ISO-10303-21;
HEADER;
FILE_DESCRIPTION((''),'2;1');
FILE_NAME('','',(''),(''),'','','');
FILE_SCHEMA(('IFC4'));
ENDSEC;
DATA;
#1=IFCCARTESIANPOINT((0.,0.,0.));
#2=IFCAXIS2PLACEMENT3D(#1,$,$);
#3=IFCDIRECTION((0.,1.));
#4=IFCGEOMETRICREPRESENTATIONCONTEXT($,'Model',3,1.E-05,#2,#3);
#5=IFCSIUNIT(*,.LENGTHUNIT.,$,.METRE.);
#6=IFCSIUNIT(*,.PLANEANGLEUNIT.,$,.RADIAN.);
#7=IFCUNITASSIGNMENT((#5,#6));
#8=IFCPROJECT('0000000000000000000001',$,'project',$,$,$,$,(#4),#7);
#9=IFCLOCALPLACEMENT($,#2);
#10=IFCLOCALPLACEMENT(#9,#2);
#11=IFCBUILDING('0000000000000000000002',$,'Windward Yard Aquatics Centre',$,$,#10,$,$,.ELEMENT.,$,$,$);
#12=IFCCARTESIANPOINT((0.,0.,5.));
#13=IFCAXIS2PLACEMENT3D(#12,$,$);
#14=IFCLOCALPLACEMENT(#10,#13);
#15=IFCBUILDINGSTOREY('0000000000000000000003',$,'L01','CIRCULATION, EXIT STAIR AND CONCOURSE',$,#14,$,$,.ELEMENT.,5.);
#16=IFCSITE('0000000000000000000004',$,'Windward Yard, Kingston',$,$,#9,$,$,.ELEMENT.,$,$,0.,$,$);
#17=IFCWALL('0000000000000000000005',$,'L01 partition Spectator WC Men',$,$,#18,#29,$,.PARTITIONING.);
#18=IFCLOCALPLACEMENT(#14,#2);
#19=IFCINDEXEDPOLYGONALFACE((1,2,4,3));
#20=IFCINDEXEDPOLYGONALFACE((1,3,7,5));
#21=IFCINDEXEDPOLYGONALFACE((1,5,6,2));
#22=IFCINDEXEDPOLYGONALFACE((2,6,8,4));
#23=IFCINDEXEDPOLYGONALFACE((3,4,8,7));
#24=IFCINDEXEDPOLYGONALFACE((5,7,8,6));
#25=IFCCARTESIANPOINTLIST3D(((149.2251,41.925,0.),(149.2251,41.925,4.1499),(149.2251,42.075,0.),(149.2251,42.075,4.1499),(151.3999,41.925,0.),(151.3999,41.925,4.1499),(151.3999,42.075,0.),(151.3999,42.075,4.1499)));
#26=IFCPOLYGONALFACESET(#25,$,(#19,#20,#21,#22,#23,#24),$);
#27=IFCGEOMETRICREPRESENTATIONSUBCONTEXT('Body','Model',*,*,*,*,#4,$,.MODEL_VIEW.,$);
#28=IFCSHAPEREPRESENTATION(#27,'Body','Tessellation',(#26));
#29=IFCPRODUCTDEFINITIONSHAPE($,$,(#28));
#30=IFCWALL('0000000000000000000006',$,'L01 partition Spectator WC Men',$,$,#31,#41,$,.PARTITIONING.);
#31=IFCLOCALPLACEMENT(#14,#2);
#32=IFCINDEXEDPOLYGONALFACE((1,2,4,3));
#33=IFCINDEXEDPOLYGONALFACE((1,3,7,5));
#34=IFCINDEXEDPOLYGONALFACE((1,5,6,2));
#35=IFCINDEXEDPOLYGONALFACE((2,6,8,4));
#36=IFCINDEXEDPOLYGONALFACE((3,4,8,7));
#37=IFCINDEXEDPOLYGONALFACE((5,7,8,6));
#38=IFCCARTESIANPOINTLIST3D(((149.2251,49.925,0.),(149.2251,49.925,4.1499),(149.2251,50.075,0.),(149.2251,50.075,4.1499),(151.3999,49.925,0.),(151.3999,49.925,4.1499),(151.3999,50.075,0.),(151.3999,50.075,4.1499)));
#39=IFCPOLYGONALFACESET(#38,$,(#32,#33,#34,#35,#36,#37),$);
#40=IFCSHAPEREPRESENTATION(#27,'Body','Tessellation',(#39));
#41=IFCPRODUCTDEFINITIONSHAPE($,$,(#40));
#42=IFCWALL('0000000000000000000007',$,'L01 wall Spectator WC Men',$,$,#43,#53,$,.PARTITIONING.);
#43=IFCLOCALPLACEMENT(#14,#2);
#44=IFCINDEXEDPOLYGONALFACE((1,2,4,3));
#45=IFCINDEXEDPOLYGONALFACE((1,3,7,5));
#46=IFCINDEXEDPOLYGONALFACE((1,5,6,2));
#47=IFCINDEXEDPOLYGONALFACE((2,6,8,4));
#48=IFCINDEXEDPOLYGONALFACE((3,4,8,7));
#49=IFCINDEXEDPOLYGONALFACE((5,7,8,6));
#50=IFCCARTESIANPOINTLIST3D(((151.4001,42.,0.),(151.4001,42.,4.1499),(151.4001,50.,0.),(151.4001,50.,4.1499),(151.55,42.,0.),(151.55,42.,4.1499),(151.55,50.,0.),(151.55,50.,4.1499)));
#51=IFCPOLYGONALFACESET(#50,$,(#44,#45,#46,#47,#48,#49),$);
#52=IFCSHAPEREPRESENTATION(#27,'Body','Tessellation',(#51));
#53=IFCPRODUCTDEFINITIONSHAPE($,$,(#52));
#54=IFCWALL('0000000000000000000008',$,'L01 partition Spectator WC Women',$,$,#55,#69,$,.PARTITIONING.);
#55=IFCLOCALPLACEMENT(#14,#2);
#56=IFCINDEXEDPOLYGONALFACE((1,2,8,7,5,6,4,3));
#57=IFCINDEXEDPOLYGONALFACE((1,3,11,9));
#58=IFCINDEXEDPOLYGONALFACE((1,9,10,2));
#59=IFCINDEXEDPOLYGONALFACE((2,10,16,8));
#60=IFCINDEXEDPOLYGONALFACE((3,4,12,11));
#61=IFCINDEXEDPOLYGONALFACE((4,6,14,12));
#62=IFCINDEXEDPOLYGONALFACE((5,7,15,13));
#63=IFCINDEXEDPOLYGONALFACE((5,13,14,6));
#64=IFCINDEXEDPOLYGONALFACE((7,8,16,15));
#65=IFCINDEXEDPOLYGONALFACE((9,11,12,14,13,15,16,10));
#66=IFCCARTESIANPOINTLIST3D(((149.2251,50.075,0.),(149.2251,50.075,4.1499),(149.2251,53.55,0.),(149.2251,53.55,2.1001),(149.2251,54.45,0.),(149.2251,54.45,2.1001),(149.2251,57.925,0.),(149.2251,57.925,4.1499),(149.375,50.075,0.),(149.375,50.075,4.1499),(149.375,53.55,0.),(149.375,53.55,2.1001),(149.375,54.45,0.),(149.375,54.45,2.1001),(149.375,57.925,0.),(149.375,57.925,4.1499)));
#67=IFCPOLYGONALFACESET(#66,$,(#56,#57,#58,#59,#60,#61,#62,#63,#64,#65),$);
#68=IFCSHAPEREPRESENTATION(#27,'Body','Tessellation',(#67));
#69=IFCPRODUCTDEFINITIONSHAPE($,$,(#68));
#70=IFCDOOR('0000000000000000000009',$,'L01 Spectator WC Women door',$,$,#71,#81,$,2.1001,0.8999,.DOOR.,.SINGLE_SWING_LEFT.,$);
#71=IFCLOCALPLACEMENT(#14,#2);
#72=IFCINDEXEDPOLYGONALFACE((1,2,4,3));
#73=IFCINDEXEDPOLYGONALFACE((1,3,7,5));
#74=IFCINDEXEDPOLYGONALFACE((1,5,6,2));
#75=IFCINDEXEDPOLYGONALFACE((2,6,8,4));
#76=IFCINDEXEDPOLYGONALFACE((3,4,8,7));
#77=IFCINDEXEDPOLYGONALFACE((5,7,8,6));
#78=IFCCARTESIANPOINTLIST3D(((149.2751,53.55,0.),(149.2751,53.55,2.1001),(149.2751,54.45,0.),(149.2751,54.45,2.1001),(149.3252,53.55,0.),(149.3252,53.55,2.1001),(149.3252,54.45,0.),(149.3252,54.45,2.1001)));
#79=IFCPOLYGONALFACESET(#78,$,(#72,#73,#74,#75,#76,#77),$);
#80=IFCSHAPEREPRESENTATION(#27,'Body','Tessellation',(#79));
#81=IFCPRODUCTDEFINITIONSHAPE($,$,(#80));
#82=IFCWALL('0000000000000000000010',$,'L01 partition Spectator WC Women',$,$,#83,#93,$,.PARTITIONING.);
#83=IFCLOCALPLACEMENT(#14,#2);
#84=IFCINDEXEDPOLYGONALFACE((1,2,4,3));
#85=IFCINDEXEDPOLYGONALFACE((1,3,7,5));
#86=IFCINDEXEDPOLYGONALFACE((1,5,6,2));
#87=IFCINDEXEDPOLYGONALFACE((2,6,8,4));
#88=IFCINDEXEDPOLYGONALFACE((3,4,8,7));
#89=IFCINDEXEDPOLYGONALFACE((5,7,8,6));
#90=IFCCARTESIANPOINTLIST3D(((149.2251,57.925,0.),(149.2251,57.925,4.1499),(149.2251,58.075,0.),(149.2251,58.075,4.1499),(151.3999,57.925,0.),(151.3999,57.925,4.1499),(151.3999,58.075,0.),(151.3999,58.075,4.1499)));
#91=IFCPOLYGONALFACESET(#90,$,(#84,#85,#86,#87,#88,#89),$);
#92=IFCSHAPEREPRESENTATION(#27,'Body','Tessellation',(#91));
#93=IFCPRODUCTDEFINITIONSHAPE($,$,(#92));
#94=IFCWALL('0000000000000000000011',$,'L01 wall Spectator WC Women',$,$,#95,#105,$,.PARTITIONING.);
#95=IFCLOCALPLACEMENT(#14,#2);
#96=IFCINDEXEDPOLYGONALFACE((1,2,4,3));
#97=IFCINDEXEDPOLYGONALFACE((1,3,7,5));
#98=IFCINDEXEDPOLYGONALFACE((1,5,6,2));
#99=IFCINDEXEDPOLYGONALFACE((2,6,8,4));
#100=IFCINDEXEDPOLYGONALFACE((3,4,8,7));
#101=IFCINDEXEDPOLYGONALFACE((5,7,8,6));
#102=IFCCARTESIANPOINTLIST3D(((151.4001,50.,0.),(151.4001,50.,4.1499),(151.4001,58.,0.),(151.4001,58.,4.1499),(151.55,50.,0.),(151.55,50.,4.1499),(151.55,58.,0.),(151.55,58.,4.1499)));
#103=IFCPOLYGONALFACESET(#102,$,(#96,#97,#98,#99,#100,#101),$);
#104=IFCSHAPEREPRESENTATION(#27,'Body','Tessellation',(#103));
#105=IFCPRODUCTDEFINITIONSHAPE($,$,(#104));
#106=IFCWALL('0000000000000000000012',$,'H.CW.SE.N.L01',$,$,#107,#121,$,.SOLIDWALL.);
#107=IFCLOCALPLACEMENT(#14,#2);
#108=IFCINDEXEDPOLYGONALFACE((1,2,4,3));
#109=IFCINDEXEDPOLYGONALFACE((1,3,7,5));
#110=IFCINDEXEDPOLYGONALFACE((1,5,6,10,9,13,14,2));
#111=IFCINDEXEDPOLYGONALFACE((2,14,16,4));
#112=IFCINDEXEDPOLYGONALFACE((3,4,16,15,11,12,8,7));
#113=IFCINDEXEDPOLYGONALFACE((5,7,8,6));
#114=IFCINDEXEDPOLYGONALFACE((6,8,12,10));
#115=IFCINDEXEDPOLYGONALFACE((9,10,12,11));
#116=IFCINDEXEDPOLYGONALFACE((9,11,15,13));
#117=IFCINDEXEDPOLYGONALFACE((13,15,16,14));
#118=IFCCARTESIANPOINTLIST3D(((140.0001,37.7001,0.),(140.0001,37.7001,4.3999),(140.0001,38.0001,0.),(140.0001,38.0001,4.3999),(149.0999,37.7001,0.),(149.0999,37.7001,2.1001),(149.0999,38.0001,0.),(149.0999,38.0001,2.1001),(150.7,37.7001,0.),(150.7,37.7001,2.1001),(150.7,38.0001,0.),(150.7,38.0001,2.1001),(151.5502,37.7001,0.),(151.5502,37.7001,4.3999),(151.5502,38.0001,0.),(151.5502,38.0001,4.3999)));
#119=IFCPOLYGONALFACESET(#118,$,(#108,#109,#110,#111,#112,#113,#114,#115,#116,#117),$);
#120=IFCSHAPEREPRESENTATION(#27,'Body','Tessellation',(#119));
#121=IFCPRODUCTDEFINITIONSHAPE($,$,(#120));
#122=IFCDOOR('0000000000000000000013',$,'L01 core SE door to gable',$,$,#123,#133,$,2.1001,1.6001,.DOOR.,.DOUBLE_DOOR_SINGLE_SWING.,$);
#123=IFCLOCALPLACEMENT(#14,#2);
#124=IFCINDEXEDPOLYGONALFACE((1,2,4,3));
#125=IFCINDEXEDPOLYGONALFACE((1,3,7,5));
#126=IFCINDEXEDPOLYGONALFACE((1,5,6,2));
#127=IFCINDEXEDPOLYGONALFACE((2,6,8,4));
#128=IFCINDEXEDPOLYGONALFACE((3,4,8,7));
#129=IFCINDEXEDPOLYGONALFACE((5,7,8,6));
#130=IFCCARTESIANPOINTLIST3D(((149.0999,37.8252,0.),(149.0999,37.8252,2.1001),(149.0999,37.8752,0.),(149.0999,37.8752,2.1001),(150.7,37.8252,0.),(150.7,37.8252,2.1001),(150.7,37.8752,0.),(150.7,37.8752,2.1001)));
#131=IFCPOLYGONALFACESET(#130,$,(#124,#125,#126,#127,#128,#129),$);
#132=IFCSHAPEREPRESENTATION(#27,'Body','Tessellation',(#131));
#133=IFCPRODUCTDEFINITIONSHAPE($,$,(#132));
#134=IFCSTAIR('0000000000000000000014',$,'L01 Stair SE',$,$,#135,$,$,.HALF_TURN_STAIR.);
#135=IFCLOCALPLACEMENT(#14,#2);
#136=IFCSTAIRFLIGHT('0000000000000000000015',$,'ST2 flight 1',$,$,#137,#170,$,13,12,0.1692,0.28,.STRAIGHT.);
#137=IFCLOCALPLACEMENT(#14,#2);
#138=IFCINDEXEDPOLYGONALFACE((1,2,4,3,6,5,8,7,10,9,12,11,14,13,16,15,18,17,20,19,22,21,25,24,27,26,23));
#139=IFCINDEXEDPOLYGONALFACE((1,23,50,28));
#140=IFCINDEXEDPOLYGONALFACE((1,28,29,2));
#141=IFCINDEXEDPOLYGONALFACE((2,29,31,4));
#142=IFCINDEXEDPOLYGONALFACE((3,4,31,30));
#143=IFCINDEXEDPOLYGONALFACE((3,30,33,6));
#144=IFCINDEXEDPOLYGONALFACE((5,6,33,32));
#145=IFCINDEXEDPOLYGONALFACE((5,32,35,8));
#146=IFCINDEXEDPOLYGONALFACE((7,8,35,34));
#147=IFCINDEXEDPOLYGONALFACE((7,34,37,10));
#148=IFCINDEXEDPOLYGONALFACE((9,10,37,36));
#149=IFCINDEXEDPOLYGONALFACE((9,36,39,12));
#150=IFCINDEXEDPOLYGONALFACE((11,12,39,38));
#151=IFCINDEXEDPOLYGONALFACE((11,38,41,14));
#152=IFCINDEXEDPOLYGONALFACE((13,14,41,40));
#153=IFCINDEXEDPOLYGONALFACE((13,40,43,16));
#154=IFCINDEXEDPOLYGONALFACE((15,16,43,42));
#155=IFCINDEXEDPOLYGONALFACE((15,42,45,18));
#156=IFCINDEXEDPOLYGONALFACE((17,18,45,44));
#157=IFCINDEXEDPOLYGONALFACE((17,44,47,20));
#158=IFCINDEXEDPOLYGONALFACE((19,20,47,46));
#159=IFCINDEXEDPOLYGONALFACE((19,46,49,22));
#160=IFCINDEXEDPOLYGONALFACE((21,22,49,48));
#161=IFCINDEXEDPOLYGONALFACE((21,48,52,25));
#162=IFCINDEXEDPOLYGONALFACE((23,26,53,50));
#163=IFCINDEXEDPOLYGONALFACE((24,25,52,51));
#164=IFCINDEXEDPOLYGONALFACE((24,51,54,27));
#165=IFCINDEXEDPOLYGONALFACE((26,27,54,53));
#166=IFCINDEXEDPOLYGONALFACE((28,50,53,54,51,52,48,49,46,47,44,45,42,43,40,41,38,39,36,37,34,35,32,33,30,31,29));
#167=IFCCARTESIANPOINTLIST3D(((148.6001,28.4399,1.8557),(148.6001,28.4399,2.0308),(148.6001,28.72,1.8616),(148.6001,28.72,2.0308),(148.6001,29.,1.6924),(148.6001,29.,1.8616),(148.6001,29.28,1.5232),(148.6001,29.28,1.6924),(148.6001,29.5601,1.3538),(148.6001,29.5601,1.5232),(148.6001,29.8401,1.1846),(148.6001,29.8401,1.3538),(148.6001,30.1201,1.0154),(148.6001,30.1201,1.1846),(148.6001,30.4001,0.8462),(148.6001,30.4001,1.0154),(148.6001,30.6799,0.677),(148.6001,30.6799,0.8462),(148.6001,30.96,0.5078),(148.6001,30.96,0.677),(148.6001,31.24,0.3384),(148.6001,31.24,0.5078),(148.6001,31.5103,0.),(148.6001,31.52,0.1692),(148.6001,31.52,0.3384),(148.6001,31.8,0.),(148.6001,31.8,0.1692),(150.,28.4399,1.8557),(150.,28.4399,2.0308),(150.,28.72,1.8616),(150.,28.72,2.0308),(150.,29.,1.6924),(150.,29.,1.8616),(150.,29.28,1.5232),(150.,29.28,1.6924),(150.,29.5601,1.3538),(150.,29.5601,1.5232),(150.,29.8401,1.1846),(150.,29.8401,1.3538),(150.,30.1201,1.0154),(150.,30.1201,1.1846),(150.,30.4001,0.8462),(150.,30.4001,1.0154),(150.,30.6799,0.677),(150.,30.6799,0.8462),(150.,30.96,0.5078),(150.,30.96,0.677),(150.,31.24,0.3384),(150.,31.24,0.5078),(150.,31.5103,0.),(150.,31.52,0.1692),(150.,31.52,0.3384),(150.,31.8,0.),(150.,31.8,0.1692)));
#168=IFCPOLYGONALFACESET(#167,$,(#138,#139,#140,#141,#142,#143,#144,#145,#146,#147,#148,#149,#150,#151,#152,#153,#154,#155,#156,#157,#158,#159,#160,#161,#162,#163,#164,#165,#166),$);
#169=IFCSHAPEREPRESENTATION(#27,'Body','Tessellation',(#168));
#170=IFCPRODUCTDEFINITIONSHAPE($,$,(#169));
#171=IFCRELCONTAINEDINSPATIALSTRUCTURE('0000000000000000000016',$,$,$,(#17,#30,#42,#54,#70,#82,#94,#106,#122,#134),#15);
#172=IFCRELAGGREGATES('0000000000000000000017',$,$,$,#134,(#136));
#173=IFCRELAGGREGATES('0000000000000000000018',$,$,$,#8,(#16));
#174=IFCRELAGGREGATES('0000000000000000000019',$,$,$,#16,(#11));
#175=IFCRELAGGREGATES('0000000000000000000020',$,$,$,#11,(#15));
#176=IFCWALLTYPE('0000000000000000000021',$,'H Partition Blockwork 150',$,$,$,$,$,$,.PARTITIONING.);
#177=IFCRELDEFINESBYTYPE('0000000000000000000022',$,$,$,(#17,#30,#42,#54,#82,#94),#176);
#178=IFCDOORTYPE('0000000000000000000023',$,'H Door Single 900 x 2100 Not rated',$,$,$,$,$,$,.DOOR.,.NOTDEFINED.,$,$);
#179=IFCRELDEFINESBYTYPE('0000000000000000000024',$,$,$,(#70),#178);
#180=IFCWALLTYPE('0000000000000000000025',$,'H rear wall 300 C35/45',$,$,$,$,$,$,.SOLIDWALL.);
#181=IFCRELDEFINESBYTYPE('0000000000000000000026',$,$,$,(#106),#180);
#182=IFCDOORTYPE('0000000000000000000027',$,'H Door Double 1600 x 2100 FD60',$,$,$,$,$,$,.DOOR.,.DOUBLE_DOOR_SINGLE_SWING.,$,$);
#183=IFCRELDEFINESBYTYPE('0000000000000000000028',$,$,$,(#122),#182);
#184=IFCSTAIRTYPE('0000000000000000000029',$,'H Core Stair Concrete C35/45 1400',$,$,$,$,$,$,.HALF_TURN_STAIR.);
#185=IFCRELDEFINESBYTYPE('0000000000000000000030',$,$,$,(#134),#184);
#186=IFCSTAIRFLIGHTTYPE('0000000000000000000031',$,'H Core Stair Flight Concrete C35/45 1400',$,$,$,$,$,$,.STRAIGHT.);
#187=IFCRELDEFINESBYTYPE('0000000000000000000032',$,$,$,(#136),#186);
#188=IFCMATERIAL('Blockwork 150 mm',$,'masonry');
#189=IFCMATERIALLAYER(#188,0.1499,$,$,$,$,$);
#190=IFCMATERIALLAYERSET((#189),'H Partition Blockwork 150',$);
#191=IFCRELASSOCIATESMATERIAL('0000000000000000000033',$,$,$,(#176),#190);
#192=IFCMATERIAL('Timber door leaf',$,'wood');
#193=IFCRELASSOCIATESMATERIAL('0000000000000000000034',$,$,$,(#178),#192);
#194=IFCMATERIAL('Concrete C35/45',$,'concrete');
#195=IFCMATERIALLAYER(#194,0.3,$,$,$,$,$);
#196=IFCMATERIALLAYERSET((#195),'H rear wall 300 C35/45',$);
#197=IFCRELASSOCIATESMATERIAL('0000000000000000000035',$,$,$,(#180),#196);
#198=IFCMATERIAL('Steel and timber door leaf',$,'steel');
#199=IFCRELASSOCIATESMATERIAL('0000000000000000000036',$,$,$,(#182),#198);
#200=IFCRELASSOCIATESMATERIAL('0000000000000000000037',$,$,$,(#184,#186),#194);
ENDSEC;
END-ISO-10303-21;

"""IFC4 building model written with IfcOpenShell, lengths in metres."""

from ifc_helpers import new_model, si_unit, direction, frame, frame_2d, origin, place, context, subcontext, project, spatial, polyline, rectangle, outline, extrude, material, layer, layer_set, type_object, element, fill, aggregate, save


model = new_model("IFC4")

# Units and contexts
model_context = context("Model", 3, precision=1e-05, world=origin(), true_north=direction((0.0, 1.0)))
body_context = subcontext(model_context, "Body", "Model", "MODEL_VIEW")
ifc_project = project(units=[si_unit("LENGTHUNIT", "METRE"), si_unit("PLANEANGLEUNIT", "RADIAN")], contexts=[model_context])

# Site, building, storey
site_placement = place(None, origin())
site = spatial("IfcSite", under=ifc_project, at=site_placement, Name="Windward Yard, Kingston", CompositionType="ELEMENT", RefElevation=0.0)
building_placement = place(site_placement, origin())
building = spatial("IfcBuilding", under=site, at=building_placement, Name="Windward Yard Aquatics Centre", CompositionType="ELEMENT")
storey_placement = place(building_placement, frame((0.0, 0.0, 5.0)))
storey = spatial("IfcBuildingStorey", under=building, at=storey_placement, Name="L01", Description="CIRCULATION, EXIT STAIR AND CONCOURSE", CompositionType="ELEMENT", Elevation=5.0)

# Shared definitions
ifc_material_1 = material(Name="Concrete C35/45", Category="concrete")
ifc_material_2 = material(Name="Steel and timber door leaf", Category="steel")
ifc_material_3 = material(Name="Blockwork 150 mm", Category="masonry")
ifc_layer_1 = layer(ifc_material_3, 0.1499)
ifc_layer_set_1 = layer_set([ifc_layer_1], Name="H Partition Blockwork 150")
wall_type_1 = type_object("IfcWallType", Name="H Partition Blockwork 150", PredefinedType="PARTITIONING", material=ifc_layer_set_1)

# Shared definitions
ifc_material_4 = material(Name="Timber door leaf", Category="wood")
door_type_1 = type_object("IfcDoorType", Name="H Door Single 900 x 2100 Not rated", OperationType="NOTDEFINED", PredefinedType="DOOR", material=ifc_material_4)

# Walls
for number, where, z_axis, x_axis, name in (
    (1, (151.3999, 42.0, 0.0), (0.0, 0.0, 1.0), (-1.0, 0.0, 0.0), "L01 partition Spectator WC Men"),
    (2, (151.3999, 50.0, 0.0), (0.0, 0.0, 1.0), (-1.0, 0.0, 0.0), "L01 partition Spectator WC Men"),
):
    element("IfcWall", number, at=place(storey_placement, frame(where, z_axis=z_axis, x_axis=x_axis)), inside=storey, type_object=wall_type_1, Name=name, PredefinedType="PARTITIONING", context=body_context, shape_type="SweptSolid", body=[
        extrude(rectangle(XDim=2.1748, YDim=0.1499, at=frame_2d((1.0874, 0.0))), origin(), (0.0, 0.0, 1.0), 4.1499),
    ])
wall_1_placement = place(storey_placement, frame((151.4751, 42.0, 0.0), z_axis=(0.0, 0.0, 1.0), x_axis=(0.0, 1.0, 0.0)))
element("IfcWall", 3, at=wall_1_placement, inside=storey, type_object=wall_type_1, Name="L01 wall Spectator WC Men", PredefinedType="PARTITIONING", context=body_context, shape_type="SweptSolid", body=[
    extrude(rectangle(XDim=8.0, YDim=0.1499, at=frame_2d((4.0, 0.0))), origin(), (0.0, 0.0, 1.0), 4.1499),
])

# Wall, opening, door
wall_2_placement = place(storey_placement, frame((149.3, 50.075, 0.0), z_axis=(0.0, 0.0, 1.0), x_axis=(0.0, 1.0, 0.0)))
wall_2 = element("IfcWall", 4, at=wall_2_placement, inside=storey, type_object=wall_type_1, Name="L01 partition Spectator WC Women", PredefinedType="PARTITIONING", context=body_context, shape_type="SweptSolid", body=[
    extrude(rectangle(XDim=7.8501, YDim=0.1499, at=frame_2d((3.925, 0.0))), origin(), (0.0, 0.0, 1.0), 4.1499),
])
opening_1_placement = place(wall_2_placement, frame((3.4751, 0.0, 0.0)))
opening_1 = element("IfcOpeningElement", 5, at=opening_1_placement, cuts=wall_2, PredefinedType="OPENING", context=body_context, shape_type="SweptSolid", body=[
    extrude(rectangle(XDim=0.8999, YDim=2.1001, at=frame_2d((0.45, 1.05))), frame((0.0, 0.085, 0.0), z_axis=(0.0, -1.0, 0.0), x_axis=(1.0, 0.0, 0.0)), (0.0, 0.0, 1.0), 0.1699),
])
door_1_placement = place(opening_1_placement, origin())
door_1 = element("IfcDoor", 6, at=door_1_placement, inside=storey, type_object=door_type_1, Name="L01 Spectator WC Women door", OperationType="SINGLE_SWING_LEFT", OverallHeight=2.1001, OverallWidth=0.8999, PredefinedType="DOOR", context=body_context, shape_type="SweptSolid", body=[
    extrude(rectangle(XDim=0.8999, YDim=2.1001, at=frame_2d((0.45, 1.05))), frame((0.0, 0.0249, 0.0), z_axis=(0.0, -1.0, 0.0), x_axis=(1.0, 0.0, 0.0)), (0.0, 0.0, 1.0), 0.05),
])
fill(opening_1, door_1)

# Walls
wall_3_placement = place(storey_placement, frame((151.3999, 58.0, 0.0), z_axis=(0.0, 0.0, 1.0), x_axis=(-1.0, 0.0, 0.0)))
element("IfcWall", 7, at=wall_3_placement, inside=storey, type_object=wall_type_1, Name="L01 partition Spectator WC Women", PredefinedType="PARTITIONING", context=body_context, shape_type="SweptSolid", body=[
    extrude(rectangle(XDim=2.1748, YDim=0.1499, at=frame_2d((1.0874, 0.0))), origin(), (0.0, 0.0, 1.0), 4.1499),
])
wall_4_placement = place(storey_placement, frame((151.4751, 50.0, 0.0), z_axis=(0.0, 0.0, 1.0), x_axis=(0.0, 1.0, 0.0)))
element("IfcWall", 8, at=wall_4_placement, inside=storey, type_object=wall_type_1, Name="L01 wall Spectator WC Women", PredefinedType="PARTITIONING", context=body_context, shape_type="SweptSolid", body=[
    extrude(rectangle(XDim=8.0, YDim=0.1499, at=frame_2d((4.0, 0.0))), origin(), (0.0, 0.0, 1.0), 4.1499),
])

# Wall, opening, door
ifc_layer_2 = layer(ifc_material_1, 0.3)
ifc_layer_set_2 = layer_set([ifc_layer_2], Name="H rear wall 300 C35/45")
wall_type_2 = type_object("IfcWallType", Name="H rear wall 300 C35/45", PredefinedType="SOLIDWALL", material=ifc_layer_set_2)
wall_5_placement = place(storey_placement, frame((151.55, 37.8501, 0.0), z_axis=(0.0, 0.0, 1.0), x_axis=(-1.0, 0.0, 0.0)))
wall_5 = element("IfcWall", 9, at=wall_5_placement, inside=storey, type_object=wall_type_2, Name="H.CW.SE.N.L01", PredefinedType="SOLIDWALL", context=body_context, shape_type="SweptSolid", body=[
    extrude(rectangle(XDim=11.55, YDim=0.3, at=frame_2d((5.7749, 0.0))), origin(), (0.0, 0.0, 1.0), 4.3999),
])
opening_2_placement = place(wall_5_placement, frame((0.8501, 0.0, 0.0)))
opening_2 = element("IfcOpeningElement", 10, at=opening_2_placement, cuts=wall_5, PredefinedType="OPENING", context=body_context, shape_type="SweptSolid", body=[
    extrude(rectangle(XDim=1.6001, YDim=2.1001, at=frame_2d((0.8, 1.05))), frame((0.0, 0.1602, 0.0), z_axis=(0.0, -1.0, 0.0), x_axis=(1.0, 0.0, 0.0)), (0.0, 0.0, 1.0), 0.3201),
])
door_type_2 = type_object("IfcDoorType", Name="H Door Double 1600 x 2100 FD60", OperationType="DOUBLE_DOOR_SINGLE_SWING", PredefinedType="DOOR", material=ifc_material_2)
door_2_placement = place(opening_2_placement, origin())
door_2 = element("IfcDoor", 11, at=door_2_placement, inside=storey, type_object=door_type_2, Name="L01 core SE door to gable", OperationType="DOUBLE_DOOR_SINGLE_SWING", OverallHeight=2.1001, OverallWidth=1.6001, PredefinedType="DOOR", context=body_context, shape_type="SweptSolid", body=[
    extrude(rectangle(XDim=1.6001, YDim=2.1001, at=frame_2d((0.8, 1.05))), frame((0.0, 0.0249, 0.0), z_axis=(0.0, -1.0, 0.0), x_axis=(1.0, 0.0, 0.0)), (0.0, 0.0, 1.0), 0.05),
])
fill(opening_2, door_2)

# Stair, stair flight
stair_type = type_object("IfcStairType", Name="H Core Stair Concrete C35/45 1400", PredefinedType="HALF_TURN_STAIR", material=ifc_material_1)
stair_placement = place(storey_placement, origin())
stair = element("IfcStair", 12, at=stair_placement, inside=storey, type_object=stair_type, Name="L01 Stair SE", PredefinedType="HALF_TURN_STAIR")
stair_flight_type = type_object("IfcStairFlightType", Name="H Core Stair Flight Concrete C35/45 1400", PredefinedType="STRAIGHT", material=ifc_material_1)
stair_flight_placement = place(storey_placement, frame((149.3, 31.8, 0.0), z_axis=(0.0, 0.0, 1.0), x_axis=(0.0, -1.0, 0.0)))
stair_flight = element("IfcStairFlight", 13, at=stair_flight_placement, type_object=stair_flight_type, Name="ST2 flight 1", NumberOfRisers=13, NumberOfTreads=12, PredefinedType="STRAIGHT", RiserHeight=0.1692, TreadLength=0.28, context=body_context, shape_type="SweptSolid", body=[
    extrude(outline(polyline([(0.0, 0.0), (0.0, 0.1692), (0.28, 0.1692), (0.28, 0.3384), (0.5601, 0.3384), (0.5601, 0.5078), (0.8401, 0.5078), (0.8401, 0.677), (1.1201, 0.677), (1.1201, 0.8462), (1.3999, 0.8462), (1.3999, 1.0154), (1.6799, 1.0154), (1.6799, 1.1846), (1.96, 1.1846), (1.96, 1.3538), (2.24, 1.3538), (2.24, 1.5232), (2.52, 1.5232), (2.52, 1.6924), (2.8, 1.6924), (2.8, 1.8616), (3.0801, 1.8616), (3.0801, 2.0308), (3.3601, 2.0308), (3.3601, 2.2), (3.3601, 1.8557), (0.2898, 0.0), (0.0, 0.0)])), frame((0.0, 0.7, 0.0), z_axis=(0.0, -1.0, 0.0), x_axis=(1.0, 0.0, 0.0)), (0.0, 0.0, 1.0), 1.3999),
])
aggregate(stair, [stair_flight])

save(model, "model.ifc")
